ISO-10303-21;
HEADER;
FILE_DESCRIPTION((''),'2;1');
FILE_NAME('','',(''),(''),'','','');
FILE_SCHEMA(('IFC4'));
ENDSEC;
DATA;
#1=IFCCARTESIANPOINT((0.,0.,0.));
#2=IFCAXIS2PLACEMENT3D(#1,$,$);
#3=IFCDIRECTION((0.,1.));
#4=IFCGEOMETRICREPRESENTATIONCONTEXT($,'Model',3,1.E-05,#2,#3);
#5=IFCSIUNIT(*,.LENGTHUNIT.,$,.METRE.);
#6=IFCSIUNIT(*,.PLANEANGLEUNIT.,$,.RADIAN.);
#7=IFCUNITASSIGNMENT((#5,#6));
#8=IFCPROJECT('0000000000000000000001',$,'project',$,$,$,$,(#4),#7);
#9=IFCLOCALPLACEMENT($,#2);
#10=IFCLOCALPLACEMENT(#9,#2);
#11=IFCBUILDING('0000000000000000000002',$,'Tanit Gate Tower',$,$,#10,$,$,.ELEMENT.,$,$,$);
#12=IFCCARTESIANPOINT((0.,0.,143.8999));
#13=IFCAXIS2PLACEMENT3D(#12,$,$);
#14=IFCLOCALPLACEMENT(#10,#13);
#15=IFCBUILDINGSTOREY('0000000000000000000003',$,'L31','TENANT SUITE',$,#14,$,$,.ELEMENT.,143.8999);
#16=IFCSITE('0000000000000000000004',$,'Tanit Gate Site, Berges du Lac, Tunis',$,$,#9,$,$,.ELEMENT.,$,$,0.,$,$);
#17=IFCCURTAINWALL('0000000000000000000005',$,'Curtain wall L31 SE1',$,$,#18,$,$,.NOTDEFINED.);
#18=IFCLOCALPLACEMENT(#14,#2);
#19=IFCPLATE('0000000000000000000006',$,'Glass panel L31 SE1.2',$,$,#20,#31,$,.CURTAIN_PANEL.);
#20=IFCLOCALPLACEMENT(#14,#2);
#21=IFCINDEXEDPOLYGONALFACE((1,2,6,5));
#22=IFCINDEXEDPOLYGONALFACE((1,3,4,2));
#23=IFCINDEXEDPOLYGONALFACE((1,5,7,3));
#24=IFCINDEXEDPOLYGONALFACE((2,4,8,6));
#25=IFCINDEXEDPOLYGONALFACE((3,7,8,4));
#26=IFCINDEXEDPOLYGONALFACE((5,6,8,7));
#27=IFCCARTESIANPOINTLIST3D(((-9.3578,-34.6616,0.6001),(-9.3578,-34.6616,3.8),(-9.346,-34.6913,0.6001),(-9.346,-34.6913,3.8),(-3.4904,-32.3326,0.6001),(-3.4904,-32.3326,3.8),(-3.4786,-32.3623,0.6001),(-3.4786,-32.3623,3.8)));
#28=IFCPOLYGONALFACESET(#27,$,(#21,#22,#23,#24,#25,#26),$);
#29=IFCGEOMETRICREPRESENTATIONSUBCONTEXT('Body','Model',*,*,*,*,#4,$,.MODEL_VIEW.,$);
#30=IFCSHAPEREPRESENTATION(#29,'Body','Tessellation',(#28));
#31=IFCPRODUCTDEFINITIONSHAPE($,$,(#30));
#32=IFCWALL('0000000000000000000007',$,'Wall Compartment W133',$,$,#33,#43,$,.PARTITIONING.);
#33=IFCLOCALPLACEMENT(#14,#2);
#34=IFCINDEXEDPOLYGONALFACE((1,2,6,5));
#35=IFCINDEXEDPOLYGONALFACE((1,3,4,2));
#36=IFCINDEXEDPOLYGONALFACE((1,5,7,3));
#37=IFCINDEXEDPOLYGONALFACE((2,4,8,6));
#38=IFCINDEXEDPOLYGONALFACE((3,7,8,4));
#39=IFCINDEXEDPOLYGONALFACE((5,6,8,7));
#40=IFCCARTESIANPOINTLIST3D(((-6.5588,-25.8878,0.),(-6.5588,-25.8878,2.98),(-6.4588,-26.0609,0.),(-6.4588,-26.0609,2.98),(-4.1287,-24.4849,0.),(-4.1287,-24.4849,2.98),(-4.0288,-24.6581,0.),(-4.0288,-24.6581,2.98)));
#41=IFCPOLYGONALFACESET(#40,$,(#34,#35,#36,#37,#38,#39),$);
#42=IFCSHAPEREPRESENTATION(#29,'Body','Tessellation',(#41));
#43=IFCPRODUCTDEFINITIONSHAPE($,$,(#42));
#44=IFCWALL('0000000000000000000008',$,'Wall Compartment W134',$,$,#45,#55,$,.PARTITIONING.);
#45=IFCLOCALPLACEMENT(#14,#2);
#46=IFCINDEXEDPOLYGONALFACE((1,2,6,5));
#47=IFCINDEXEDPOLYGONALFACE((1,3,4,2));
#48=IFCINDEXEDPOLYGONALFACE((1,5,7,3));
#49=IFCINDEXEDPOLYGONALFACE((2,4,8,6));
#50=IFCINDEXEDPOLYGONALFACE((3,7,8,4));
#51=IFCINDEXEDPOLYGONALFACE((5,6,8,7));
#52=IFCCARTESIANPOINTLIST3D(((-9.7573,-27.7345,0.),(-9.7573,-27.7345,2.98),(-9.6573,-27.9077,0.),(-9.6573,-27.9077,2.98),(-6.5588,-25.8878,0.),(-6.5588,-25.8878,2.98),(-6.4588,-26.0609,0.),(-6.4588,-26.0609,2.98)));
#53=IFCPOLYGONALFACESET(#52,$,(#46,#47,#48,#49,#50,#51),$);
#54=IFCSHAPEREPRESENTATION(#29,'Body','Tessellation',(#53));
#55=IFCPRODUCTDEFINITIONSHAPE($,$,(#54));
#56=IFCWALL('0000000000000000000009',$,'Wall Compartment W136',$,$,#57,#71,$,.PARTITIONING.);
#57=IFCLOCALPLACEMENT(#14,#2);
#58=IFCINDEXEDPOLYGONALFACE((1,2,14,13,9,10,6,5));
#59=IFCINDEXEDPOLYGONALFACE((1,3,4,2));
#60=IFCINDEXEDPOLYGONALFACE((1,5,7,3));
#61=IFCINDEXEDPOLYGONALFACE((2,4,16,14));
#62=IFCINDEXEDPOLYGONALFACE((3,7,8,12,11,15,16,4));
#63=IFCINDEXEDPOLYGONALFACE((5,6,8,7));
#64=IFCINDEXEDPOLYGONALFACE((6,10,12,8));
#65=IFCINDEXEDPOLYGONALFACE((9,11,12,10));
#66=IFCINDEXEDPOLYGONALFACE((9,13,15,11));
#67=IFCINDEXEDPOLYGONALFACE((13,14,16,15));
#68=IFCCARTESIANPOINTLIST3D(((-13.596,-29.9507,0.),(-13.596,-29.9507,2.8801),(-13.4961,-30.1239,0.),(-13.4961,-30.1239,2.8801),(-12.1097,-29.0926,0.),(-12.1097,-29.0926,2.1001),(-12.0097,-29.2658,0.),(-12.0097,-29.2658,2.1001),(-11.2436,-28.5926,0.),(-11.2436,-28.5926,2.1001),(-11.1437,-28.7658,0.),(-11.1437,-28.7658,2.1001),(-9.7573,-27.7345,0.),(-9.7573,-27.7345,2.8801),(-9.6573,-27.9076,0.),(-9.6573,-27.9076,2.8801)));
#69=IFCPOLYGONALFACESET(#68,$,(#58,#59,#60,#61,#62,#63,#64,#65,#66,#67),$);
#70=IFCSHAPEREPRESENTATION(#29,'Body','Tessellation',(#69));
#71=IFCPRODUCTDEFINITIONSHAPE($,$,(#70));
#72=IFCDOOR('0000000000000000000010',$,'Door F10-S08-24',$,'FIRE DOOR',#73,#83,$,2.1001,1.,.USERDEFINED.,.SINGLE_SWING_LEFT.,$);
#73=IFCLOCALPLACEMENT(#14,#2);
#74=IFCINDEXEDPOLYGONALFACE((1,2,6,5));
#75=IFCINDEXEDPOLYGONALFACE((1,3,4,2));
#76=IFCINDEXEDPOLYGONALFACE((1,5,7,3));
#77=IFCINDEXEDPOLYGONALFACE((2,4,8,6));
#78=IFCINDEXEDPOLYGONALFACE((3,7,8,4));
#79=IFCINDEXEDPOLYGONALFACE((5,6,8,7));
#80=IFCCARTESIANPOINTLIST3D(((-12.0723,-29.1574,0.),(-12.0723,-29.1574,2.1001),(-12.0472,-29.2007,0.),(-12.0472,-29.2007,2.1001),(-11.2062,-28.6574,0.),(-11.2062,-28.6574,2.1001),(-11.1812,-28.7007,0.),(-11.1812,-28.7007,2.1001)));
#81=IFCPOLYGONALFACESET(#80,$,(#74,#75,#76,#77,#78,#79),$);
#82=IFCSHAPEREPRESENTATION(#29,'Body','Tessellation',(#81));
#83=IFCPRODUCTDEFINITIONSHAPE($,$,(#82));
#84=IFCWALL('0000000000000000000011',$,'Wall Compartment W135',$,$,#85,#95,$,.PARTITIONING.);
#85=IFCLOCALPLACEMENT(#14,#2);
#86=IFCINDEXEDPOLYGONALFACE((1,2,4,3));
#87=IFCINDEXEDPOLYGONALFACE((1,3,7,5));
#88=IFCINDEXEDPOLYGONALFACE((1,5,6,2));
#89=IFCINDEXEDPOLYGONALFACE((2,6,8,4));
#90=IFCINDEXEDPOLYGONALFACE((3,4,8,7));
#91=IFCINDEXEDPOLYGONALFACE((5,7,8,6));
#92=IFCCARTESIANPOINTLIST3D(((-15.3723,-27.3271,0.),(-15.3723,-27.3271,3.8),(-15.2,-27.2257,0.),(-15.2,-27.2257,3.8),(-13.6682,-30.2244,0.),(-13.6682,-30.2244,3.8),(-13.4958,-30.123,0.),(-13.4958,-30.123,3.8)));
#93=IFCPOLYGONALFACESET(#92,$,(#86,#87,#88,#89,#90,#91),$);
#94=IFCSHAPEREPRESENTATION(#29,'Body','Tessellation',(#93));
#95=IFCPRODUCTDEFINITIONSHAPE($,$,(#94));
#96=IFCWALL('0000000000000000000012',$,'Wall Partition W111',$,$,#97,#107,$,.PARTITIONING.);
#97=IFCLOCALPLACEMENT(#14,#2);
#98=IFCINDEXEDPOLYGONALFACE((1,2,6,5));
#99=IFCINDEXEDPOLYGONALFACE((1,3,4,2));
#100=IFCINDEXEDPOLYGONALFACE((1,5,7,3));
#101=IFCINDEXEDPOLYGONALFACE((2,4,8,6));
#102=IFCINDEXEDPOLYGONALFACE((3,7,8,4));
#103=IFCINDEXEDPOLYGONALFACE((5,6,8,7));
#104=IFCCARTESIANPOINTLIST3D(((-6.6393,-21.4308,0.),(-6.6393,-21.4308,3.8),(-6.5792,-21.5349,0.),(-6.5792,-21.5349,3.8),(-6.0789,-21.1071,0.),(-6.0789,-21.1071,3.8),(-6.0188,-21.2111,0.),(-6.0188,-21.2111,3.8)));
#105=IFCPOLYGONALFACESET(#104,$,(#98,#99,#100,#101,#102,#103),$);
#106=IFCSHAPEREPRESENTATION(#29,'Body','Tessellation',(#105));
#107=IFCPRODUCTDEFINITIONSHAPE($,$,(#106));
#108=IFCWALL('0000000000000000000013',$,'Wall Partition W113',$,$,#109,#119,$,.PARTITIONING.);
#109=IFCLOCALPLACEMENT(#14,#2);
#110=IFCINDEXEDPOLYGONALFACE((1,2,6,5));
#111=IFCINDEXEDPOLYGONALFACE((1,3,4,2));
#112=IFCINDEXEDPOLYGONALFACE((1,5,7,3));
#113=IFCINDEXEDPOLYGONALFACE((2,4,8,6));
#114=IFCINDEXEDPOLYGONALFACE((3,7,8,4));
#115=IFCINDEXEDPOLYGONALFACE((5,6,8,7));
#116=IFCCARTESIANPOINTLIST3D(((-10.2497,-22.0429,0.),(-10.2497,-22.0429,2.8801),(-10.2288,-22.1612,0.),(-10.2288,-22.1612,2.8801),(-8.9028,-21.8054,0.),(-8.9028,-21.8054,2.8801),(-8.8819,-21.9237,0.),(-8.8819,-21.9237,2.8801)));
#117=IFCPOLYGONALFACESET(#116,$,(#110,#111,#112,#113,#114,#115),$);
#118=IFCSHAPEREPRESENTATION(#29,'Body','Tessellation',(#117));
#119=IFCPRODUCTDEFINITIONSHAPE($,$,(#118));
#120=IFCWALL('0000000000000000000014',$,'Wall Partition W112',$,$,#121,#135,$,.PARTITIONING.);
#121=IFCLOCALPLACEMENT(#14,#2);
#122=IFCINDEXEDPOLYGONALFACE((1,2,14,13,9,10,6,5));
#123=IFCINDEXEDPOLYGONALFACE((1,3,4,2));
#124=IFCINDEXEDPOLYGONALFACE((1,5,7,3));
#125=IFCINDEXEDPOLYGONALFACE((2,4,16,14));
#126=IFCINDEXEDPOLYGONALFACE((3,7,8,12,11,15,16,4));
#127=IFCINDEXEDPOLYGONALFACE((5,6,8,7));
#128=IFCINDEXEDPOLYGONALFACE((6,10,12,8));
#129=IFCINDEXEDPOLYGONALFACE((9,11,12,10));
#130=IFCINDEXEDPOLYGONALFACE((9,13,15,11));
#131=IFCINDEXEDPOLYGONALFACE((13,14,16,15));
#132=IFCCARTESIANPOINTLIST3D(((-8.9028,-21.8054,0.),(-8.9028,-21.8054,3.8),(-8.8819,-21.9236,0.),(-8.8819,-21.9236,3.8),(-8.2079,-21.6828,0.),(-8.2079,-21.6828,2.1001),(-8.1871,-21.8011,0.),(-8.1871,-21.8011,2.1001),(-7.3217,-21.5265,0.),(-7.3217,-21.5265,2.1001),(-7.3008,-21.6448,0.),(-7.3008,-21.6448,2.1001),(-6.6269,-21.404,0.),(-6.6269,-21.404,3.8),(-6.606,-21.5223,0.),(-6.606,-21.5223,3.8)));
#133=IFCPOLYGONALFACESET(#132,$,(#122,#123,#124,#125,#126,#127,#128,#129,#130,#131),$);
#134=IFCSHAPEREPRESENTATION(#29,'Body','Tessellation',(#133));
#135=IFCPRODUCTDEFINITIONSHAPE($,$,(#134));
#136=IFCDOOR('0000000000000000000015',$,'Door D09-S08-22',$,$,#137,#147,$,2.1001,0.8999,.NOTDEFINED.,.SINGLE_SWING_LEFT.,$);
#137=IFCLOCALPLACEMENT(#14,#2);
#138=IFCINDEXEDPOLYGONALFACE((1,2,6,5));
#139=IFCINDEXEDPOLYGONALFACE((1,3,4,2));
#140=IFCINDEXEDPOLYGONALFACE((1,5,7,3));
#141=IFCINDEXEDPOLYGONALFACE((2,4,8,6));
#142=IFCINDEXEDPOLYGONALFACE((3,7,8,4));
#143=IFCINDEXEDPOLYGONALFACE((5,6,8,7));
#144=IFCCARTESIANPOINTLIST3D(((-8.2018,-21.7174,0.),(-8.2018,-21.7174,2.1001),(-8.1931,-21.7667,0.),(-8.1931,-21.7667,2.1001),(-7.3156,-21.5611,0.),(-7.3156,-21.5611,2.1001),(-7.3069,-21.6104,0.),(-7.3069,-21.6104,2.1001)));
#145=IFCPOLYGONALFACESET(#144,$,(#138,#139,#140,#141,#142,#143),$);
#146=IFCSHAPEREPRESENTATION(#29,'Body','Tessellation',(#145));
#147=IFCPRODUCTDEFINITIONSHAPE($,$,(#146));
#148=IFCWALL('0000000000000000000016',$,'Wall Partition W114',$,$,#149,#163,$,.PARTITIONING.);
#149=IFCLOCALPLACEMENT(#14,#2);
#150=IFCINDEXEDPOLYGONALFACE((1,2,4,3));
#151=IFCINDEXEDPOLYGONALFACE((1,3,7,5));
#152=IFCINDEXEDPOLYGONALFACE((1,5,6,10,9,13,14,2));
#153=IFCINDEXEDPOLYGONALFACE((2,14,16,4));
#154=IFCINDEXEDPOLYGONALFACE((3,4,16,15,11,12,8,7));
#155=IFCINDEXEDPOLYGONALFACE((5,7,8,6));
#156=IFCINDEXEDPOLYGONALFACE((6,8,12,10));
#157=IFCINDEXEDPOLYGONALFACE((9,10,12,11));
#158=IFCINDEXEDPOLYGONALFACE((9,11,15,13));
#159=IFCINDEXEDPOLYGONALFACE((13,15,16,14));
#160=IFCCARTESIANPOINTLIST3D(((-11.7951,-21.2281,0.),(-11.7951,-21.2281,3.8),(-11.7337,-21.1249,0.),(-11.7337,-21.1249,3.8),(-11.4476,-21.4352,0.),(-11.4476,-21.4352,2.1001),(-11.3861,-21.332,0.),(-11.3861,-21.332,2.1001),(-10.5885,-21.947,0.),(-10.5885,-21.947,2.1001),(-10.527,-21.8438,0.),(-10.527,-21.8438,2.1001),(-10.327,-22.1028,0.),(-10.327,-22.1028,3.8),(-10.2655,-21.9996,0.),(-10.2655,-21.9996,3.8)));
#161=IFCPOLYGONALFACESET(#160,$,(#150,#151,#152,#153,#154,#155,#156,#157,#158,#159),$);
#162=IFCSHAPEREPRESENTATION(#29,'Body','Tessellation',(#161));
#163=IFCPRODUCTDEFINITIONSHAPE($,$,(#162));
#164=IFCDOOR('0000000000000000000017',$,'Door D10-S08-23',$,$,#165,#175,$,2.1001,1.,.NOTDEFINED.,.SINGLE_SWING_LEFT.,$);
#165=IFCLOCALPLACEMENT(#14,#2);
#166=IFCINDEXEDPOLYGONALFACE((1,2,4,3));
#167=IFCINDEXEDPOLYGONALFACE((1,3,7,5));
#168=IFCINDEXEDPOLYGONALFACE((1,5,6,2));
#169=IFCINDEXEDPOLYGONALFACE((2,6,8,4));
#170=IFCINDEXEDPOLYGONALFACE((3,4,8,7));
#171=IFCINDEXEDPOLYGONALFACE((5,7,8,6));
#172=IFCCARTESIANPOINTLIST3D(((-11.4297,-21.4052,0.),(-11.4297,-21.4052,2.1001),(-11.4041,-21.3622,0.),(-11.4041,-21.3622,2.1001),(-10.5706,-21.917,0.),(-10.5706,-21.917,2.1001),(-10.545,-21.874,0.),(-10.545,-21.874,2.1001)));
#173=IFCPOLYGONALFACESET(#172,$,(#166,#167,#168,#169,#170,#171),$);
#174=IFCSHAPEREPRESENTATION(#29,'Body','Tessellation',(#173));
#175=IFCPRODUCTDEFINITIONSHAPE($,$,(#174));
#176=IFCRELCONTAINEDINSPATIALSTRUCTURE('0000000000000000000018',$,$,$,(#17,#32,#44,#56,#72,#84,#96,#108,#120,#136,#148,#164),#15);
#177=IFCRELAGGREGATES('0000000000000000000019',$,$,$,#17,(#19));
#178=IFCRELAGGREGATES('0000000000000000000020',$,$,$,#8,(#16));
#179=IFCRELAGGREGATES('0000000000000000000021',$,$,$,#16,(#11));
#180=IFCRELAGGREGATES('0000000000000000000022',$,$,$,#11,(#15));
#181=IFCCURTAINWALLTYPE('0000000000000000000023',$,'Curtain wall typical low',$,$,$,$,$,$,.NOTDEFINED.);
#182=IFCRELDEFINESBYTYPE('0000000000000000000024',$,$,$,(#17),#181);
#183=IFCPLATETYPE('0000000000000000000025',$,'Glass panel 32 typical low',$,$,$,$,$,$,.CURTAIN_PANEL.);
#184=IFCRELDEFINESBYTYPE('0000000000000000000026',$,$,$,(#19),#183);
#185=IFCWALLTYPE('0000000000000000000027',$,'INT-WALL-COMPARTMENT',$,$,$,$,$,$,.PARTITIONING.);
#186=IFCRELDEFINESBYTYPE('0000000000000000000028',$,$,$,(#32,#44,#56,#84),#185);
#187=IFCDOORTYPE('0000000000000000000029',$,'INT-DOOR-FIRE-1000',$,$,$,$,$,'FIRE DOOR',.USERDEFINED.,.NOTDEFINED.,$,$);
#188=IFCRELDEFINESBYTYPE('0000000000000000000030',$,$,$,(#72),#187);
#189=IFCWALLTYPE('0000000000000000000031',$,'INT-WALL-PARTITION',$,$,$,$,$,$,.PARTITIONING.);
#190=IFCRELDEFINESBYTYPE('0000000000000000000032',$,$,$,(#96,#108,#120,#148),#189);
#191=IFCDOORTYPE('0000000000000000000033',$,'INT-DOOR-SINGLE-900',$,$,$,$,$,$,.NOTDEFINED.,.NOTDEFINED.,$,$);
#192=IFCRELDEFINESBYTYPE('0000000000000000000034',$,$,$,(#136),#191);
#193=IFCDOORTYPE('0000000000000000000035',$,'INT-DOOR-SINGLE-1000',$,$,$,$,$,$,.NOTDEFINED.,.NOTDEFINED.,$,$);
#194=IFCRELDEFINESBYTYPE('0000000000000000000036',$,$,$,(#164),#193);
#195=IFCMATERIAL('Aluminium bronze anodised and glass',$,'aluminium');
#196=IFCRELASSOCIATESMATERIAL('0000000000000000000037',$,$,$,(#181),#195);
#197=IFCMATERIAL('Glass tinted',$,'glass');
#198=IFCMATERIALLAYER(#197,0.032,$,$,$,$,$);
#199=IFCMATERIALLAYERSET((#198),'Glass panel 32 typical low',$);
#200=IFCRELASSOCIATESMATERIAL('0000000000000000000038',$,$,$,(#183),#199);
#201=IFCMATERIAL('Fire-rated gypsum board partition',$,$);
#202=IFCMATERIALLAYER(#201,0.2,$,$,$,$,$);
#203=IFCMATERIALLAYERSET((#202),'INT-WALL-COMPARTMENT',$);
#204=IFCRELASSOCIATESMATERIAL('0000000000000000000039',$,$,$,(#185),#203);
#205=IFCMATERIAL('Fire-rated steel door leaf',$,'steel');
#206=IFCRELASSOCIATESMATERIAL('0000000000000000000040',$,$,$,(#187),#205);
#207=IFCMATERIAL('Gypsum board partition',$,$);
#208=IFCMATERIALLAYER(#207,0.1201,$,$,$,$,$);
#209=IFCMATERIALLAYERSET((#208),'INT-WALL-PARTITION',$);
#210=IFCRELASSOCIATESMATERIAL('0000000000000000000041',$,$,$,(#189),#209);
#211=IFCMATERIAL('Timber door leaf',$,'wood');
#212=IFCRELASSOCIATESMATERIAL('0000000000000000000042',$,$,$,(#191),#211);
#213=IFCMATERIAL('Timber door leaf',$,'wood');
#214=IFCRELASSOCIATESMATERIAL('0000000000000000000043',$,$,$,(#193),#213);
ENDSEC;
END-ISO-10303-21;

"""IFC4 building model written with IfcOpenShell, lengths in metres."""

from ifc_helpers import new_model, si_unit, direction, frame, frame_2d, origin, origin_2d, place, context, subcontext, project, spatial, rectangle, extrude, material, layer, layer_set, type_object, element, fill, aggregate, save


model = new_model("IFC4")

# Units and contexts
model_context = context("Model", 3, precision=1e-05, world=origin(), true_north=direction((0.0, 1.0)))
body_context = subcontext(model_context, "Body", "Model", "MODEL_VIEW")
ifc_project = project(units=[si_unit("LENGTHUNIT", "METRE"), si_unit("PLANEANGLEUNIT", "RADIAN")], contexts=[model_context])

# Site, building, storey
site_placement = place(None, origin())
site = spatial("IfcSite", under=ifc_project, at=site_placement, Name="Tanit Gate Site, Berges du Lac, Tunis", CompositionType="ELEMENT", RefElevation=0.0)
building_placement = place(site_placement, origin())
building = spatial("IfcBuilding", under=site, at=building_placement, Name="Tanit Gate Tower", CompositionType="ELEMENT")
storey_placement = place(building_placement, frame((0.0, 0.0, 143.8999)))
storey = spatial("IfcBuildingStorey", under=building, at=storey_placement, Name="L31", Description="TENANT SUITE", CompositionType="ELEMENT", Elevation=143.8999)

# Curtain wall
ifc_material_1 = material(Name="Aluminium bronze anodised and glass", Category="aluminium")
curtain_wall_type = type_object("IfcCurtainWallType", Name="Curtain wall typical low", PredefinedType="NOTDEFINED", material=ifc_material_1)
curtain_wall_placement = place(storey_placement, origin())
curtain_wall = element("IfcCurtainWall", 1, at=curtain_wall_placement, inside=storey, type_object=curtain_wall_type, Name="Curtain wall L31 SE1", PredefinedType="NOTDEFINED")

# Plate
ifc_material_2 = material(Name="Glass tinted", Category="glass")
ifc_layer_1 = layer(ifc_material_2, 0.032)
ifc_layer_set_1 = layer_set([ifc_layer_1], Name="Glass panel 32 typical low")
plate_type = type_object("IfcPlateType", Name="Glass panel 32 typical low", PredefinedType="CURTAIN_PANEL", material=ifc_layer_set_1)
plate_1_placement = place(storey_placement, frame((-6.4182, -33.512, 0.6001), z_axis=(0.0, 0.0, 1.0), x_axis=(0.929454, 0.368938, 0.0)))
plate_1 = element("IfcPlate", 2, at=plate_1_placement, type_object=plate_type, Name="Glass panel L31 SE1.2", PredefinedType="CURTAIN_PANEL", context=body_context, shape_type="SweptSolid", body=[
    extrude(rectangle(XDim=6.3127, YDim=0.032, at=origin_2d()), origin(), (0.0, 0.0, 1.0), 3.2),
])
aggregate(curtain_wall, [plate_1])

# Walls
ifc_material_3 = material(Name="Fire-rated gypsum board partition")
ifc_layer_2 = layer(ifc_material_3, 0.2)
ifc_layer_set_2 = layer_set([ifc_layer_2], Name="INT-WALL-COMPARTMENT")
wall_type_1 = type_object("IfcWallType", Name="INT-WALL-COMPARTMENT", PredefinedType="PARTITIONING", material=ifc_layer_set_2)
wall_1_placement = place(storey_placement, frame((-4.0789, -24.5715, 0.0), z_axis=(0.0, 0.0, 1.0), x_axis=(-0.866039, -0.499976, 0.0)))
element("IfcWall", 3, at=wall_1_placement, inside=storey, type_object=wall_type_1, Name="Wall Compartment W133", PredefinedType="PARTITIONING", context=body_context, shape_type="SweptSolid", body=[
    extrude(rectangle(XDim=2.8059, YDim=0.2, at=frame_2d((1.4028, 0.0))), origin(), (0.0, 0.0, 1.0), 2.98),
])
wall_2_placement = place(storey_placement, frame((-6.5088, -25.9744, 0.0), z_axis=(0.0, 0.0, 1.0), x_axis=(-0.866022, -0.500007, 0.0)))
element("IfcWall", 4, at=wall_2_placement, inside=storey, type_object=wall_type_1, Name="Wall Compartment W134", PredefinedType="PARTITIONING", context=body_context, shape_type="SweptSolid", body=[
    extrude(rectangle(XDim=3.6934, YDim=0.2, at=frame_2d((1.8467, 0.0))), origin(), (0.0, 0.0, 1.0), 2.98),
])

# Wall, opening, door
wall_3_placement = place(storey_placement, frame((-9.7073, -27.821, 0.0), z_axis=(0.0, 0.0, 1.0), x_axis=(-0.866032, -0.499989, 0.0)))
wall_3 = element("IfcWall", 5, at=wall_3_placement, inside=storey, type_object=wall_type_1, Name="Wall Compartment W136", PredefinedType="PARTITIONING", context=body_context, shape_type="SweptSolid", body=[
    extrude(rectangle(XDim=4.4326, YDim=0.2, at=frame_2d((2.2163, 0.0))), origin(), (0.0, 0.0, 1.0), 2.8801),
])
opening_1_placement = place(wall_3_placement, frame((1.7163, 0.0, 0.0)))
opening_1 = element("IfcOpeningElement", 6, at=opening_1_placement, cuts=wall_3, PredefinedType="OPENING", context=body_context, shape_type="SweptSolid", body=[
    extrude(rectangle(XDim=1.0, YDim=2.1001, at=frame_2d((0.5, 1.05))), frame((0.0, 0.1099, 0.0), z_axis=(0.0, -1.0, 0.0), x_axis=(1.0, 0.0, 0.0)), (0.0, 0.0, 1.0), 0.22),
])
ifc_material_4 = material(Name="Fire-rated steel door leaf", Category="steel")
door_type_1 = type_object("IfcDoorType", Name="INT-DOOR-FIRE-1000", ElementType="FIRE DOOR", OperationType="NOTDEFINED", PredefinedType="USERDEFINED", material=ifc_material_4)
door_1_placement = place(opening_1_placement, origin())
door_1 = element("IfcDoor", 7, at=door_1_placement, inside=storey, type_object=door_type_1, Name="Door F10-S08-24", ObjectType="FIRE DOOR", OperationType="SINGLE_SWING_LEFT", OverallHeight=2.1001, OverallWidth=1.0, PredefinedType="USERDEFINED", context=body_context, shape_type="SweptSolid", body=[
    extrude(rectangle(XDim=1.0, YDim=2.1001, at=frame_2d((0.5, 1.05))), frame((0.0, 0.0249, 0.0), z_axis=(0.0, -1.0, 0.0), x_axis=(1.0, 0.0, 0.0)), (0.0, 0.0, 1.0), 0.05),
])
fill(opening_1, door_1)

# Walls
wall_4_placement = place(storey_placement, frame((-15.2861, -27.2764, 0.0), z_axis=(0.0, 0.0, 1.0), x_axis=(0.506988, -0.861953, 0.0)))
element("IfcWall", 8, at=wall_4_placement, inside=storey, type_object=wall_type_1, Name="Wall Compartment W135", PredefinedType="PARTITIONING", context=body_context, shape_type="SweptSolid", body=[
    extrude(rectangle(XDim=3.3613, YDim=0.2, at=frame_2d((1.6807, 0.0))), origin(), (0.0, 0.0, 1.0), 3.8),
])
ifc_material_5 = material(Name="Gypsum board partition")
ifc_layer_3 = layer(ifc_material_5, 0.1201)
ifc_layer_set_3 = layer_set([ifc_layer_3], Name="INT-WALL-PARTITION")
wall_type_2 = type_object("IfcWallType", Name="INT-WALL-PARTITION", PredefinedType="PARTITIONING", material=ifc_layer_set_3)
wall_5_placement = place(storey_placement, frame((-6.6094, -21.4829, 0.0), z_axis=(0.0, 0.0, 1.0), x_axis=(0.865865, 0.500278, 0.0)))
element("IfcWall", 9, at=wall_5_placement, inside=storey, type_object=wall_type_2, Name="Wall Partition W111", PredefinedType="PARTITIONING", context=body_context, shape_type="SweptSolid", body=[
    extrude(rectangle(XDim=0.6472, YDim=0.1201, at=frame_2d((0.3237, 0.0))), origin(), (0.0, 0.0, 1.0), 3.8),
])
wall_6_placement = place(storey_placement, frame((-10.2393, -22.1021, 0.0), z_axis=(0.0, 0.0, 1.0), x_axis=(0.984802, 0.173684, 0.0)))
element("IfcWall", 10, at=wall_6_placement, inside=storey, type_object=wall_type_2, Name="Wall Partition W113", PredefinedType="PARTITIONING", context=body_context, shape_type="SweptSolid", body=[
    extrude(rectangle(XDim=1.3677, YDim=0.1201, at=frame_2d((0.6838, 0.0))), origin(), (0.0, 0.0, 1.0), 2.8801),
])

# Walls, openings, doors
wall_7_placement = place(storey_placement, frame((-8.8923, -21.8645, 0.0), z_axis=(0.0, 0.0, 1.0), x_axis=(0.984803, 0.173677, 0.0)))
wall_7 = element("IfcWall", 11, at=wall_7_placement, inside=storey, type_object=wall_type_2, Name="Wall Partition W112", PredefinedType="PARTITIONING", context=body_context, shape_type="SweptSolid", body=[
    extrude(rectangle(XDim=2.311, YDim=0.1201, at=frame_2d((1.1555, 0.0))), origin(), (0.0, 0.0, 1.0), 3.8),
])
opening_2_placement = place(wall_7_placement, frame((0.7056, 0.0, 0.0)))
opening_2 = element("IfcOpeningElement", 12, at=opening_2_placement, cuts=wall_7, PredefinedType="OPENING", context=body_context, shape_type="SweptSolid", body=[
    extrude(rectangle(XDim=0.8999, YDim=2.1001, at=frame_2d((0.45, 1.05))), frame((0.0, 0.0701, 0.0), z_axis=(0.0, -1.0, 0.0), x_axis=(1.0, 0.0, 0.0)), (0.0, 0.0, 1.0), 0.1401),
])
ifc_material_6 = material(Name="Timber door leaf", Category="wood")
door_type_2 = type_object("IfcDoorType", Name="INT-DOOR-SINGLE-900", OperationType="NOTDEFINED", PredefinedType="NOTDEFINED", material=ifc_material_6)
door_2_placement = place(opening_2_placement, origin())
door_2 = element("IfcDoor", 13, at=door_2_placement, inside=storey, type_object=door_type_2, Name="Door D09-S08-22", OperationType="SINGLE_SWING_LEFT", OverallHeight=2.1001, OverallWidth=0.8999, PredefinedType="NOTDEFINED", context=body_context, shape_type="SweptSolid", body=[
    extrude(rectangle(XDim=0.8999, YDim=2.1001, at=frame_2d((0.45, 1.05))), frame((0.0, 0.0249, 0.0), z_axis=(0.0, -1.0, 0.0), x_axis=(1.0, 0.0, 0.0)), (0.0, 0.0, 1.0), 0.05),
])
fill(opening_2, door_2)
wall_8_placement = place(storey_placement, frame((-11.7644, -21.1765, 0.0), z_axis=(0.0, 0.0, 1.0), x_axis=(0.85909, -0.511825, 0.0)))
wall_8 = element("IfcWall", 14, at=wall_8_placement, inside=storey, type_object=wall_type_2, Name="Wall Partition W114", PredefinedType="PARTITIONING", context=body_context, shape_type="SweptSolid", body=[
    extrude(rectangle(XDim=1.709, YDim=0.1201, at=frame_2d((0.8545, 0.0))), origin(), (0.0, 0.0, 1.0), 3.8),
])
opening_3_placement = place(wall_8_placement, frame((0.4045, 0.0, 0.0)))
opening_3 = element("IfcOpeningElement", 15, at=opening_3_placement, cuts=wall_8, PredefinedType="OPENING", context=body_context, shape_type="SweptSolid", body=[
    extrude(rectangle(XDim=1.0, YDim=2.1001, at=frame_2d((0.5, 1.05))), frame((0.0, 0.0701, 0.0), z_axis=(0.0, -1.0, 0.0), x_axis=(1.0, 0.0, 0.0)), (0.0, 0.0, 1.0), 0.1401),
])
ifc_material_7 = material(Name="Timber door leaf", Category="wood")
door_type_3 = type_object("IfcDoorType", Name="INT-DOOR-SINGLE-1000", OperationType="NOTDEFINED", PredefinedType="NOTDEFINED", material=ifc_material_7)
door_3_placement = place(opening_3_placement, origin())
door_3 = element("IfcDoor", 16, at=door_3_placement, inside=storey, type_object=door_type_3, Name="Door D10-S08-23", OperationType="SINGLE_SWING_LEFT", OverallHeight=2.1001, OverallWidth=1.0, PredefinedType="NOTDEFINED", context=body_context, shape_type="SweptSolid", body=[
    extrude(rectangle(XDim=1.0, YDim=2.1001, at=frame_2d((0.5, 1.05))), frame((0.0, 0.0249, 0.0), z_axis=(0.0, -1.0, 0.0), x_axis=(1.0, 0.0, 0.0)), (0.0, 0.0, 1.0), 0.05),
])
fill(opening_3, door_3)

save(model, "model.ifc")
